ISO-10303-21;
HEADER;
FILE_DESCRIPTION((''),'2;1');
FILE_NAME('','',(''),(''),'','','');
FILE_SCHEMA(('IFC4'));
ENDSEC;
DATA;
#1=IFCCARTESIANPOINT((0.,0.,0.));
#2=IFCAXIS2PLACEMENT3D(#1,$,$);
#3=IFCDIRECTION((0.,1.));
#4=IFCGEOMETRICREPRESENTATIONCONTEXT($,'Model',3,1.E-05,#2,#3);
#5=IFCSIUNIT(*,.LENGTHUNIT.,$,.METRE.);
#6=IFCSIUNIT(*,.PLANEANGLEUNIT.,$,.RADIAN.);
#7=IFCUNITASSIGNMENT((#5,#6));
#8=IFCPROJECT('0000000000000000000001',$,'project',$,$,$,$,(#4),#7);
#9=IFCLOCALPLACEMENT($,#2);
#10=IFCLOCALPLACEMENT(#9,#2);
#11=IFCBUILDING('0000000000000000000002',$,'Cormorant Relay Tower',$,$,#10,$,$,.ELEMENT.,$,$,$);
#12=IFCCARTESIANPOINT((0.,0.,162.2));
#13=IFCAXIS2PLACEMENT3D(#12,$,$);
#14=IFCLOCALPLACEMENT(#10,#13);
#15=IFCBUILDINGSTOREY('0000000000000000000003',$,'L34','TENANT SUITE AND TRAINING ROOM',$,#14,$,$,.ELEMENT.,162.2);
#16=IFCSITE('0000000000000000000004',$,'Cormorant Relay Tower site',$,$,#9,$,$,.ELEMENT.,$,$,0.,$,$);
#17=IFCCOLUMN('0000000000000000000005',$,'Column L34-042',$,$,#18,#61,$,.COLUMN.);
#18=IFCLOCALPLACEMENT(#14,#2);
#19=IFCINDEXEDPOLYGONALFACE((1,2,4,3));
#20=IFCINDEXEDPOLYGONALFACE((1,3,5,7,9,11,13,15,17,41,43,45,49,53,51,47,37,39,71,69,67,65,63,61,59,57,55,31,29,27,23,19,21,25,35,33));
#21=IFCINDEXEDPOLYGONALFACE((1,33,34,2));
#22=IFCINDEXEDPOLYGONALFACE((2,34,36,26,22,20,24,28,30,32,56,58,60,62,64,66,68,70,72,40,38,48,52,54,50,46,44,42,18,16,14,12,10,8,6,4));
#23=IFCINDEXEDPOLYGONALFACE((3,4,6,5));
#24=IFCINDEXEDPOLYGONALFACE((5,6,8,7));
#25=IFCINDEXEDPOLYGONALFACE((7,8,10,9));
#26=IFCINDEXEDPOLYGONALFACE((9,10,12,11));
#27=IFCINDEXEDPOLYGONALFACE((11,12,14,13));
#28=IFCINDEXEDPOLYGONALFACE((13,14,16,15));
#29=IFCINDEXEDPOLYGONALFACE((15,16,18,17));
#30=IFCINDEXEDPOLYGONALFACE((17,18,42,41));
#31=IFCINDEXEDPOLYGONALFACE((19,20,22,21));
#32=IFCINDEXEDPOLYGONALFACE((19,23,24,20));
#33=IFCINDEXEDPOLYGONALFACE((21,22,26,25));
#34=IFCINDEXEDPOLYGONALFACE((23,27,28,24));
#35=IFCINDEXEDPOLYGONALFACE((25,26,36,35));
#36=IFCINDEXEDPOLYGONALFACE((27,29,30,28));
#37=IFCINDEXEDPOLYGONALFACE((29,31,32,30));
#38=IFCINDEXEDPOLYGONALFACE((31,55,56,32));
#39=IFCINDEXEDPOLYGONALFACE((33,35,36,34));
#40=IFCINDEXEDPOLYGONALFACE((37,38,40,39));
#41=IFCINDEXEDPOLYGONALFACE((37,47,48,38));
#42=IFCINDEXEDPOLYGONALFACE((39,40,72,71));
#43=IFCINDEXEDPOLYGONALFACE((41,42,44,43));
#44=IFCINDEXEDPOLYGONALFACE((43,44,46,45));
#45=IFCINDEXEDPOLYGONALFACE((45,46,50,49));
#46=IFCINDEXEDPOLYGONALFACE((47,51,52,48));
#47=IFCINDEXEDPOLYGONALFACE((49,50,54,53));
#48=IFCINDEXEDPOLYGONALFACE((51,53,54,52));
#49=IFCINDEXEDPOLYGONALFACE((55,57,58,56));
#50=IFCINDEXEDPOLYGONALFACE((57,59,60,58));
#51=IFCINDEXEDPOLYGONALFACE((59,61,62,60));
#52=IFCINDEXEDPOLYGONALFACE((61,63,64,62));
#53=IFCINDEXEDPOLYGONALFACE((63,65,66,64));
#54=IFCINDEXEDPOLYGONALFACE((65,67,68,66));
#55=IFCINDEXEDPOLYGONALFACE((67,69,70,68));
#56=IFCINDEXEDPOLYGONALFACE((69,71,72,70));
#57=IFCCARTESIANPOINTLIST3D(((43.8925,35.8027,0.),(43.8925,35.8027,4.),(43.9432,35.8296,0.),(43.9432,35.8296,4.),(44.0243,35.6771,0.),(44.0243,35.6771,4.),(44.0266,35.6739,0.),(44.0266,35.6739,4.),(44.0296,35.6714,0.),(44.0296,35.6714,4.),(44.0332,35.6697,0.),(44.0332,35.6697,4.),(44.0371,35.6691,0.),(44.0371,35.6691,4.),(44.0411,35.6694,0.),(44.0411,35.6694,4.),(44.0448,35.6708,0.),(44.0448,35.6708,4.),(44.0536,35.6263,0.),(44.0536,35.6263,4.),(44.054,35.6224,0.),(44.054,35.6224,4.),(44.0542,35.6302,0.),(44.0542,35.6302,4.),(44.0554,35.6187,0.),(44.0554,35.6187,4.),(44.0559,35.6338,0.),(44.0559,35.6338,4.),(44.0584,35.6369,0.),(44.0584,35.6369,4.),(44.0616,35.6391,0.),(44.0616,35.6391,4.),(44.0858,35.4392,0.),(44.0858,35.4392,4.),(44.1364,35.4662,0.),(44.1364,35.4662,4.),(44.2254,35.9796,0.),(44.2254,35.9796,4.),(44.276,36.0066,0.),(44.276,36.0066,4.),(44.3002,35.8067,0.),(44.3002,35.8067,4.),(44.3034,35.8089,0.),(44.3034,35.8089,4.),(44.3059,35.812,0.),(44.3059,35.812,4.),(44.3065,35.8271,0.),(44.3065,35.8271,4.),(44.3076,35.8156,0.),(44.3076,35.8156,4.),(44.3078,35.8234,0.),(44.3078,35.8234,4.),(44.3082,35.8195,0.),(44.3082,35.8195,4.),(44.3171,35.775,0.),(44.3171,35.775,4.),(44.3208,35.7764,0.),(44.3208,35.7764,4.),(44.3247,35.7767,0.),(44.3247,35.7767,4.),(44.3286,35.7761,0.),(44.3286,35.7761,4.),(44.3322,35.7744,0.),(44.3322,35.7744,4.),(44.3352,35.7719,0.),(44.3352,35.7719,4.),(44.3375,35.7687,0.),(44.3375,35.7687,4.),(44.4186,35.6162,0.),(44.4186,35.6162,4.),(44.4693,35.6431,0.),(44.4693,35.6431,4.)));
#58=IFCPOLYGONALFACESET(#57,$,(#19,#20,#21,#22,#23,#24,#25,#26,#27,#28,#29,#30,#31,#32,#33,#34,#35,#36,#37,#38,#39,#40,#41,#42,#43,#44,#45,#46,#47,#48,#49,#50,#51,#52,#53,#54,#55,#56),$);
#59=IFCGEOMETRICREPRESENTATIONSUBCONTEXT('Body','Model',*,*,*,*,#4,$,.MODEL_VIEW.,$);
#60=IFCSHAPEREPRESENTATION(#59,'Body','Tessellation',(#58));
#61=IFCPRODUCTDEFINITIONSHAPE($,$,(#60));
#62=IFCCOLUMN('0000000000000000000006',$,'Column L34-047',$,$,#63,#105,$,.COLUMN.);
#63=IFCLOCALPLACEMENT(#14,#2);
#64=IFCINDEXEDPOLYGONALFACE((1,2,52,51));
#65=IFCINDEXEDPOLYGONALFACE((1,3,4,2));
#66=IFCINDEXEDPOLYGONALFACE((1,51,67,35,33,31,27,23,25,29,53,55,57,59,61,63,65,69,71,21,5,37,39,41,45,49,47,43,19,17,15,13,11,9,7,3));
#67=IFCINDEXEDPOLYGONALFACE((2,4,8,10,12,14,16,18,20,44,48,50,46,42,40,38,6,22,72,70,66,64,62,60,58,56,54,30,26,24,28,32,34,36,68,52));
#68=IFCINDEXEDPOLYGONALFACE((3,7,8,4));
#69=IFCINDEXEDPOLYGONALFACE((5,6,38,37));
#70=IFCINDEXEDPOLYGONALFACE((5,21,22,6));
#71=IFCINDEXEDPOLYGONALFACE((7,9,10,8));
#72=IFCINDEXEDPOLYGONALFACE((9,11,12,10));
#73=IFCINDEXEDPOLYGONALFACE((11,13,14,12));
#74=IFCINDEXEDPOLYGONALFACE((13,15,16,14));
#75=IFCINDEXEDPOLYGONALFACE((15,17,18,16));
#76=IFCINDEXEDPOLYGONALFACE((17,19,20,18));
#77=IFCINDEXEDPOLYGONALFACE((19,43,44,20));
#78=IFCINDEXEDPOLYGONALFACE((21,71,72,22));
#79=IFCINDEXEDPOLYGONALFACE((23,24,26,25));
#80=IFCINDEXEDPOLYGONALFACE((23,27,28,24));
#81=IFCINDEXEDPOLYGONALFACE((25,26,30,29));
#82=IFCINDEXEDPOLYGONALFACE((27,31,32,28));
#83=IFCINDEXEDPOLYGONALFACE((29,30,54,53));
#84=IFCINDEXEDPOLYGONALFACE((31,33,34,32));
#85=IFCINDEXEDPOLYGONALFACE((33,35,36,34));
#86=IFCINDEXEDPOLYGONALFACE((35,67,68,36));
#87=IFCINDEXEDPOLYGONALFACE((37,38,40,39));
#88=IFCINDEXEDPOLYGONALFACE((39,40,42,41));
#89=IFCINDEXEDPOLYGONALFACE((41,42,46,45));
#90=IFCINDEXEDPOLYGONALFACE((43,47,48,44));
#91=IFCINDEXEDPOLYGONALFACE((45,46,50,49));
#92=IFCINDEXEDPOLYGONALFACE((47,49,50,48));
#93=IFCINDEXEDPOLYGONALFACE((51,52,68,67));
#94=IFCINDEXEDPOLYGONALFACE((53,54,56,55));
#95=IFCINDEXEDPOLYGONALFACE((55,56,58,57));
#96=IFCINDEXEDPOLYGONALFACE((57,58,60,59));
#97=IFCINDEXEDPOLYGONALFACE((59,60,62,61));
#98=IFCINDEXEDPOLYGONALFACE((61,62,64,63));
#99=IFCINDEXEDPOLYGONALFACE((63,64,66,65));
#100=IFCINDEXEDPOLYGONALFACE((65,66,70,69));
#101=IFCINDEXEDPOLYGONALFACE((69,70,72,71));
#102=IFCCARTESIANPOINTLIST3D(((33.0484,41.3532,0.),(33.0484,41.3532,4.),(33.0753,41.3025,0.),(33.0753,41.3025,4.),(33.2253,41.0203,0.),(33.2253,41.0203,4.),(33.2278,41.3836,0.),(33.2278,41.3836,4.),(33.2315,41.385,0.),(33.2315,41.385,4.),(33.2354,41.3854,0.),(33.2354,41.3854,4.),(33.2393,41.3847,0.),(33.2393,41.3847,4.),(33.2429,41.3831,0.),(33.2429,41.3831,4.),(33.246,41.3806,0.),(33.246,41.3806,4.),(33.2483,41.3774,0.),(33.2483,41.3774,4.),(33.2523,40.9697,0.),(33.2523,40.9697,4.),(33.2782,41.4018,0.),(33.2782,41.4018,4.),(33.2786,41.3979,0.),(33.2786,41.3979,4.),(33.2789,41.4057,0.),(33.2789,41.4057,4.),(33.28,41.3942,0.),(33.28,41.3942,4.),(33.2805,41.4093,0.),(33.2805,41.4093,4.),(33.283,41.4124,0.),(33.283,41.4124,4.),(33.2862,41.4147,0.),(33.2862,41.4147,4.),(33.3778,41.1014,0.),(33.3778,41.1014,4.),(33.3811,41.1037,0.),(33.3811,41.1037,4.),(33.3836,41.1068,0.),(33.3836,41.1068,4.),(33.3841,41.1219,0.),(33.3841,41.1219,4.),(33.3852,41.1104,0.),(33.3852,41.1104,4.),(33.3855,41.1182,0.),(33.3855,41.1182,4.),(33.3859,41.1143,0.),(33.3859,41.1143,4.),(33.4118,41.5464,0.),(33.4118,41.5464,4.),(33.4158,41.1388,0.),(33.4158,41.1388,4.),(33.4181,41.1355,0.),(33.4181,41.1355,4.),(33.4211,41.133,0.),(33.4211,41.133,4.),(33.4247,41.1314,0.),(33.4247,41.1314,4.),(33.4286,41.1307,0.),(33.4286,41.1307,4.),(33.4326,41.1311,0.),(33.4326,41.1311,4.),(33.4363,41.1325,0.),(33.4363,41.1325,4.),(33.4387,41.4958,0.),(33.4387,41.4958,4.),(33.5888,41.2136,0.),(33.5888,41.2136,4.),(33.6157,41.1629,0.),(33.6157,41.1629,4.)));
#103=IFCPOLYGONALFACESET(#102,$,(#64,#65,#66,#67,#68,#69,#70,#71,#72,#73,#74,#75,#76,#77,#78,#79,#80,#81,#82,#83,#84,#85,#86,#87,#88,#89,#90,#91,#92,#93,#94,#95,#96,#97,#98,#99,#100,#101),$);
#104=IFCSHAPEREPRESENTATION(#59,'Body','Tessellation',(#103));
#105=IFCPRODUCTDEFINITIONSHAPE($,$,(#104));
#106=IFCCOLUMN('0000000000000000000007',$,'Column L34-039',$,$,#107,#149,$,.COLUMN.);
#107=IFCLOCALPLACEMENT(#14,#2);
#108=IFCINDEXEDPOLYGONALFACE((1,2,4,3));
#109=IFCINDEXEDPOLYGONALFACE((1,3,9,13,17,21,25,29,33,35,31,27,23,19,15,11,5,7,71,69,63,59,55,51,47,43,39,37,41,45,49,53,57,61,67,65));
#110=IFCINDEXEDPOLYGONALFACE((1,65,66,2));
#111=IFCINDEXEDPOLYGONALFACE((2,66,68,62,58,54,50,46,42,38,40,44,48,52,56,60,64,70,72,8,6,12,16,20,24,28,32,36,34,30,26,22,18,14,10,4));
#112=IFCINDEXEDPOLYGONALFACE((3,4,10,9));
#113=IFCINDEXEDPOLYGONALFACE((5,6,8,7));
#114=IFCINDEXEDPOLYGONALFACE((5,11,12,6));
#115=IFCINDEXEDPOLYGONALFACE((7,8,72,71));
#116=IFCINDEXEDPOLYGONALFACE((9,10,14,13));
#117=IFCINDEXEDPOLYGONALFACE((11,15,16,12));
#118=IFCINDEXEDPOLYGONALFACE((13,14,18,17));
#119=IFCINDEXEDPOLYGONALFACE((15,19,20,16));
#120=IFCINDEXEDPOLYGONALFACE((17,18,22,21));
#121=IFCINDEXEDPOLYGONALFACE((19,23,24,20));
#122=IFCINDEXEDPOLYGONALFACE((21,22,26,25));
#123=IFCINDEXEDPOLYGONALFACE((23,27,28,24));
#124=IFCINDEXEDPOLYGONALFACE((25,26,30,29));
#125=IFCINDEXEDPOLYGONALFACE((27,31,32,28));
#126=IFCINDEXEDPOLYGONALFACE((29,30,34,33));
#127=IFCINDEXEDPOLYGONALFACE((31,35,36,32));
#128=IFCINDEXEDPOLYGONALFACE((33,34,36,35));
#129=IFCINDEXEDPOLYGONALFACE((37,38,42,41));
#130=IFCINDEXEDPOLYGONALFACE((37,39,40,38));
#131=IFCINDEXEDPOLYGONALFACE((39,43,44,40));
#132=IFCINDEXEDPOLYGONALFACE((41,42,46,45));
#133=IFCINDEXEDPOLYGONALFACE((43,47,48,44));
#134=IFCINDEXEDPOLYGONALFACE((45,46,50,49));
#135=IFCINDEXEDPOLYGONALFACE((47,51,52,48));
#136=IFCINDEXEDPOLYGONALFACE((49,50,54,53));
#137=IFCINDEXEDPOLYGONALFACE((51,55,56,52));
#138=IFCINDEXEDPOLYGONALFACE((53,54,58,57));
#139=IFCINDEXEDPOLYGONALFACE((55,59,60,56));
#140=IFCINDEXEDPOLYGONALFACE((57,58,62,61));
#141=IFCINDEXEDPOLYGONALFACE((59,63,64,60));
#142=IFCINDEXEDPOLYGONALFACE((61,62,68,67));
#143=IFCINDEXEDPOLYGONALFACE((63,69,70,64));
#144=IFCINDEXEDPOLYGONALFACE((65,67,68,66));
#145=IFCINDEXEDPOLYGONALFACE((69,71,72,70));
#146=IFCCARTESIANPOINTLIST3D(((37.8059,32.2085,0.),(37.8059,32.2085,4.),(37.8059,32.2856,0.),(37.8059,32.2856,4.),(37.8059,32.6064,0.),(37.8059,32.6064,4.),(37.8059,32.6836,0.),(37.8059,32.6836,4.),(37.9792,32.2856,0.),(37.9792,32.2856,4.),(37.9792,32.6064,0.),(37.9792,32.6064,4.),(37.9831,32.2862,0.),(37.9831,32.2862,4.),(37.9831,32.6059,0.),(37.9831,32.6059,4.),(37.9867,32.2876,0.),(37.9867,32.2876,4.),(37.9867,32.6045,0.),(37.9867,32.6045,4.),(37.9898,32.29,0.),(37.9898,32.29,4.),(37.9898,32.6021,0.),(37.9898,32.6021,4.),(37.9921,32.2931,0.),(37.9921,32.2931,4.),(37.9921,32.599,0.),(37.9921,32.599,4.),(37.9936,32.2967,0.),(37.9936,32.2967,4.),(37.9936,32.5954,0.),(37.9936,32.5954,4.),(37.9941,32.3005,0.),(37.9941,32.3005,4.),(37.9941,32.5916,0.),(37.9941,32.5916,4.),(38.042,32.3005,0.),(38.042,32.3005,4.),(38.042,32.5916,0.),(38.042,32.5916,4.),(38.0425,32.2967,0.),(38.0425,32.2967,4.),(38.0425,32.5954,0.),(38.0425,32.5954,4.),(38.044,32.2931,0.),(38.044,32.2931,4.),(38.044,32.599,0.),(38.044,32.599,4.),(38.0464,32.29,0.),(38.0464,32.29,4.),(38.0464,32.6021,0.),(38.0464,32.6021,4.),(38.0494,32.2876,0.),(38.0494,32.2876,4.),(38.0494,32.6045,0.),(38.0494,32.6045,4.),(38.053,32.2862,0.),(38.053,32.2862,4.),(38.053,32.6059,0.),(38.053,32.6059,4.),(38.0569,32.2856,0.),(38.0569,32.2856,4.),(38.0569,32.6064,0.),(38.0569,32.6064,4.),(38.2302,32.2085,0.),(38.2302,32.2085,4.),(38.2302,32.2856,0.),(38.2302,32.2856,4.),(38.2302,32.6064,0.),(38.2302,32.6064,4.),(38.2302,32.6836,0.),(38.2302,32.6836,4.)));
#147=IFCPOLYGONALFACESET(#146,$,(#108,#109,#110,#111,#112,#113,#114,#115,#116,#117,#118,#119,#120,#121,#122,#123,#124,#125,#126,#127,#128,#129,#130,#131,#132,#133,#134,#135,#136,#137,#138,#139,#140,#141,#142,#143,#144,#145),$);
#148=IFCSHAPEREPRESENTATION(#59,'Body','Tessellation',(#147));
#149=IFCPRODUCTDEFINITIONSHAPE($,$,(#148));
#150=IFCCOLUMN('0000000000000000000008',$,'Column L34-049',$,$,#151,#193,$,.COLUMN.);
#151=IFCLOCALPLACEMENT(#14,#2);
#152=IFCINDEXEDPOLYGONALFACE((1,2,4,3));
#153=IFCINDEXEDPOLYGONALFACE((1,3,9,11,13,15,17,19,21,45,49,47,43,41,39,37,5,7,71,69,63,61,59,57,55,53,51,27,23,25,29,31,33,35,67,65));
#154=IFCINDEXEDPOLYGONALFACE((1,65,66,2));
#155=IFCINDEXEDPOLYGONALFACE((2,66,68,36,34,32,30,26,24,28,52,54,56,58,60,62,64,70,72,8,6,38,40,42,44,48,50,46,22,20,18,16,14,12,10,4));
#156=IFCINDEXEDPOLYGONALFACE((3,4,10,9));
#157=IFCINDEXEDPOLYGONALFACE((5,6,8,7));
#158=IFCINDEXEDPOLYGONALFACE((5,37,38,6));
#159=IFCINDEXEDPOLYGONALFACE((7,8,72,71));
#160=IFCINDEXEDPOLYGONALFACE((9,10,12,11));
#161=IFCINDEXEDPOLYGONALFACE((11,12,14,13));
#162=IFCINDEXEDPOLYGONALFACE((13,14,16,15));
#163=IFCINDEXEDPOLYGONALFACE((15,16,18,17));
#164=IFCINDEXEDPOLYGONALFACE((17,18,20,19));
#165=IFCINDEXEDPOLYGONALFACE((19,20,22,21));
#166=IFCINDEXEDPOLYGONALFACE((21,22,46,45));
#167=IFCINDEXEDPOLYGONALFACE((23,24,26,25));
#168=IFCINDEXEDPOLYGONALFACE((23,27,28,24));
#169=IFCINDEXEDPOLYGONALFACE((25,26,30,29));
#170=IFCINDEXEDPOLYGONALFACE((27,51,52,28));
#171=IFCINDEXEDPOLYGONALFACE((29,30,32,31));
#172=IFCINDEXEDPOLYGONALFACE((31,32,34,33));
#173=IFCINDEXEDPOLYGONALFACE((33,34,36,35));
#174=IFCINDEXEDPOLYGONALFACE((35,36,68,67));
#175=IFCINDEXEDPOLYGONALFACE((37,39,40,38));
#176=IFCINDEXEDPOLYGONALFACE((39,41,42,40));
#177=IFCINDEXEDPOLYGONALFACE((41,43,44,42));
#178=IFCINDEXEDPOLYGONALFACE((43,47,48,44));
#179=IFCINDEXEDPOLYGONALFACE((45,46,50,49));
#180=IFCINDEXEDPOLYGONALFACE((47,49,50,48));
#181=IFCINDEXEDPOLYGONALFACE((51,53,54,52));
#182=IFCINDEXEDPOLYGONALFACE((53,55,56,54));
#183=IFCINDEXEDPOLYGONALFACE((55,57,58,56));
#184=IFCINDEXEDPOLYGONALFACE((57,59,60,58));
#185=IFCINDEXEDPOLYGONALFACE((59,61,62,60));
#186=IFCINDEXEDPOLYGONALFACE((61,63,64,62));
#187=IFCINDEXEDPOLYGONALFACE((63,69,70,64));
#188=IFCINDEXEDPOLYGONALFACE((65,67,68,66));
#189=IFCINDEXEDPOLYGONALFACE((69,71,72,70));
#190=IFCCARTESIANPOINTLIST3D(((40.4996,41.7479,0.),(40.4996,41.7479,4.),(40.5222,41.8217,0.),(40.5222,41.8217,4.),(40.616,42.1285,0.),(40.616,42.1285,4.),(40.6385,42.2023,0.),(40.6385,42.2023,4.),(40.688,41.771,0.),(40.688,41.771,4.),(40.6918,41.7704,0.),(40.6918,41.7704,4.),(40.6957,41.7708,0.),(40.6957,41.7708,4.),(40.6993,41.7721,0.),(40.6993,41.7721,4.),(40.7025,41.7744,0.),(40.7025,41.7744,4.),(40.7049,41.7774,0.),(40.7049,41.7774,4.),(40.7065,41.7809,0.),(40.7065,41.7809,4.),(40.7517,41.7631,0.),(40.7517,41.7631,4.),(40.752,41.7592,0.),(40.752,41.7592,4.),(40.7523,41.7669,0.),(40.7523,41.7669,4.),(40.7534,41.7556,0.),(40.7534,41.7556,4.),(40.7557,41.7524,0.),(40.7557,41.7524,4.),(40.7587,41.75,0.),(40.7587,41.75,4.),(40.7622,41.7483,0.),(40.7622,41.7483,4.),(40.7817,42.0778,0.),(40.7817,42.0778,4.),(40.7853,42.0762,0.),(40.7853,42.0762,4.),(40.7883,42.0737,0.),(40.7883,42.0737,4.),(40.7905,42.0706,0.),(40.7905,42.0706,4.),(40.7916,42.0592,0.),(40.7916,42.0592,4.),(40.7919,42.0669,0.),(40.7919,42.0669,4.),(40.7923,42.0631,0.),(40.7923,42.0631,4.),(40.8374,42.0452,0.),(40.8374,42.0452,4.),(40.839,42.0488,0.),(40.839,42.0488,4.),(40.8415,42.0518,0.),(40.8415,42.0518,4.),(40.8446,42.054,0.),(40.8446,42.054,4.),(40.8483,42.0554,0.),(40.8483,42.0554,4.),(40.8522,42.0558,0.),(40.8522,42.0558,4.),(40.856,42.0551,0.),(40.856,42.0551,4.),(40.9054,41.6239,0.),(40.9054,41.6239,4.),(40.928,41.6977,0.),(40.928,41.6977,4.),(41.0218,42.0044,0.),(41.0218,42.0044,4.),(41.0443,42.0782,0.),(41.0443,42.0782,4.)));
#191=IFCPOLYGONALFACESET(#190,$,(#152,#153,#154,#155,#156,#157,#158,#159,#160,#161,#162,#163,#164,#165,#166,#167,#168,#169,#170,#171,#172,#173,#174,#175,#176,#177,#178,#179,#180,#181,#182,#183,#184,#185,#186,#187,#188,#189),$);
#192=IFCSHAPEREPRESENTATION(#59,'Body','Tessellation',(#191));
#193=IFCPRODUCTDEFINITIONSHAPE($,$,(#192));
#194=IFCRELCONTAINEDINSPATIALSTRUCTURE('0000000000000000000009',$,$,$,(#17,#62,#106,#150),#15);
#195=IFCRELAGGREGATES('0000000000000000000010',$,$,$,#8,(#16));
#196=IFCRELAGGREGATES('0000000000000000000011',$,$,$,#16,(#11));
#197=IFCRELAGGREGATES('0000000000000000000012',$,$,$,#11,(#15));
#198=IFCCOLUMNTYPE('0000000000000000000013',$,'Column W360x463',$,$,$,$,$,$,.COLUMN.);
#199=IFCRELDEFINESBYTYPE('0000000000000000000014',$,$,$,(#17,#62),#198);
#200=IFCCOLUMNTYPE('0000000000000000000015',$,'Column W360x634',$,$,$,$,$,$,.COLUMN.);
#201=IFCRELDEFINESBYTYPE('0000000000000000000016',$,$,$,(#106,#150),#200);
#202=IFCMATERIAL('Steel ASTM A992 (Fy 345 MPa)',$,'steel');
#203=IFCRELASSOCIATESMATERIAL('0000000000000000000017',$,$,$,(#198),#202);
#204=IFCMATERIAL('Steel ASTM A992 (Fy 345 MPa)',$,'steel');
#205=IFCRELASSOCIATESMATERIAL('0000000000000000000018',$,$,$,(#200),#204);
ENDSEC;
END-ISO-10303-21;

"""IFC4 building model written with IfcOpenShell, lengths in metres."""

from ifc_helpers import new_model, si_unit, direction, frame, origin, origin_2d, place, context, subcontext, project, spatial, i_section, extrude, material, material_profile, profile_set, type_object, element, save


model = new_model("IFC4")

# Units and contexts
model_context = context("Model", 3, precision=1e-05, world=origin(), true_north=direction((0.0, 1.0)))
body_context = subcontext(model_context, "Body", "Model", "MODEL_VIEW")
ifc_project = project(units=[si_unit("LENGTHUNIT", "METRE"), si_unit("PLANEANGLEUNIT", "RADIAN")], contexts=[model_context])

# Site, building, storey
site_placement = place(None, origin())
site = spatial("IfcSite", under=ifc_project, at=site_placement, Name="Cormorant Relay Tower site", CompositionType="ELEMENT", RefElevation=0.0)
building_placement = place(site_placement, origin())
building = spatial("IfcBuilding", under=site, at=building_placement, Name="Cormorant Relay Tower", CompositionType="ELEMENT")
storey_placement = place(building_placement, frame((0.0, 0.0, 162.2)))
storey = spatial("IfcBuildingStorey", under=building, at=storey_placement, Name="L34", Description="TENANT SUITE AND TRAINING ROOM", CompositionType="ELEMENT", Elevation=162.2)

# Columns
ifc_material_1 = material(Name="Steel ASTM A992 (Fy 345 MPa)", Category="steel")
ifc_material_profile_1 = material_profile(ifc_material_1, i_section(OverallWidth=0.4116, OverallDepth=0.4343, WebThickness=0.0359, FlangeThickness=0.0574, FilletRadius=0.0151, at=origin_2d()), Name="W360x463")
ifc_profile_set_1 = profile_set([ifc_material_profile_1], Name="Steel ASTM A992 (Fy 345 MPa)")
column_type_1 = type_object("IfcColumnType", Name="Column W360x463", PredefinedType="COLUMN", material=ifc_profile_set_1)
for number, where, z_axis, x_axis, name in (
    (1, (44.1809, 35.7229, 0.0), (0.0, 0.0, 1.0), (-0.469472, 0.882948, 0.0), "Column L34-042"),
    (2, (33.332, 41.2581, 0.0), (0.0, 0.0, 1.0), (-0.882948, -0.469472, 0.0), "Column L34-047"),
):
    element("IfcColumn", number, at=place(storey_placement, frame(where, z_axis=z_axis, x_axis=x_axis)), inside=storey, type_object=column_type_1, Name=name, PredefinedType="COLUMN", context=body_context, shape_type="SweptSolid", body=[
        extrude(i_section(OverallWidth=0.4116, OverallDepth=0.4343, WebThickness=0.0359, FlangeThickness=0.0574, FilletRadius=0.0151, at=origin_2d()), origin(), (0.0, 0.0, 1.0), 4.0),
    ])
ifc_material_2 = material(Name="Steel ASTM A992 (Fy 345 MPa)", Category="steel")
ifc_material_profile_2 = material_profile(ifc_material_2, i_section(OverallWidth=0.4243, OverallDepth=0.4751, WebThickness=0.0479, FlangeThickness=0.0771, FilletRadius=0.0149, at=origin_2d()), Name="W360x634")
ifc_profile_set_2 = profile_set([ifc_material_profile_2], Name="Steel ASTM A992 (Fy 345 MPa)")
column_type_2 = type_object("IfcColumnType", Name="Column W360x634", PredefinedType="COLUMN", material=ifc_profile_set_2)
for number, where, z_axis, x_axis, name in (
    (3, (38.0181, 32.446, 0.0), (0.0, 0.0, 1.0), (1.0, 0.0, 0.0), "Column L34-039"),
    (4, (40.772, 41.9131, 0.0), (0.0, 0.0, 1.0), (-0.956305, 0.292372, 0.0), "Column L34-049"),
):
    element("IfcColumn", number, at=place(storey_placement, frame(where, z_axis=z_axis, x_axis=x_axis)), inside=storey, type_object=column_type_2, Name=name, PredefinedType="COLUMN", context=body_context, shape_type="SweptSolid", body=[
        extrude(i_section(OverallWidth=0.4243, OverallDepth=0.4751, WebThickness=0.0479, FlangeThickness=0.0771, FilletRadius=0.0149, at=origin_2d()), origin(), (0.0, 0.0, 1.0), 4.0),
    ])

save(model, "model.ifc")
